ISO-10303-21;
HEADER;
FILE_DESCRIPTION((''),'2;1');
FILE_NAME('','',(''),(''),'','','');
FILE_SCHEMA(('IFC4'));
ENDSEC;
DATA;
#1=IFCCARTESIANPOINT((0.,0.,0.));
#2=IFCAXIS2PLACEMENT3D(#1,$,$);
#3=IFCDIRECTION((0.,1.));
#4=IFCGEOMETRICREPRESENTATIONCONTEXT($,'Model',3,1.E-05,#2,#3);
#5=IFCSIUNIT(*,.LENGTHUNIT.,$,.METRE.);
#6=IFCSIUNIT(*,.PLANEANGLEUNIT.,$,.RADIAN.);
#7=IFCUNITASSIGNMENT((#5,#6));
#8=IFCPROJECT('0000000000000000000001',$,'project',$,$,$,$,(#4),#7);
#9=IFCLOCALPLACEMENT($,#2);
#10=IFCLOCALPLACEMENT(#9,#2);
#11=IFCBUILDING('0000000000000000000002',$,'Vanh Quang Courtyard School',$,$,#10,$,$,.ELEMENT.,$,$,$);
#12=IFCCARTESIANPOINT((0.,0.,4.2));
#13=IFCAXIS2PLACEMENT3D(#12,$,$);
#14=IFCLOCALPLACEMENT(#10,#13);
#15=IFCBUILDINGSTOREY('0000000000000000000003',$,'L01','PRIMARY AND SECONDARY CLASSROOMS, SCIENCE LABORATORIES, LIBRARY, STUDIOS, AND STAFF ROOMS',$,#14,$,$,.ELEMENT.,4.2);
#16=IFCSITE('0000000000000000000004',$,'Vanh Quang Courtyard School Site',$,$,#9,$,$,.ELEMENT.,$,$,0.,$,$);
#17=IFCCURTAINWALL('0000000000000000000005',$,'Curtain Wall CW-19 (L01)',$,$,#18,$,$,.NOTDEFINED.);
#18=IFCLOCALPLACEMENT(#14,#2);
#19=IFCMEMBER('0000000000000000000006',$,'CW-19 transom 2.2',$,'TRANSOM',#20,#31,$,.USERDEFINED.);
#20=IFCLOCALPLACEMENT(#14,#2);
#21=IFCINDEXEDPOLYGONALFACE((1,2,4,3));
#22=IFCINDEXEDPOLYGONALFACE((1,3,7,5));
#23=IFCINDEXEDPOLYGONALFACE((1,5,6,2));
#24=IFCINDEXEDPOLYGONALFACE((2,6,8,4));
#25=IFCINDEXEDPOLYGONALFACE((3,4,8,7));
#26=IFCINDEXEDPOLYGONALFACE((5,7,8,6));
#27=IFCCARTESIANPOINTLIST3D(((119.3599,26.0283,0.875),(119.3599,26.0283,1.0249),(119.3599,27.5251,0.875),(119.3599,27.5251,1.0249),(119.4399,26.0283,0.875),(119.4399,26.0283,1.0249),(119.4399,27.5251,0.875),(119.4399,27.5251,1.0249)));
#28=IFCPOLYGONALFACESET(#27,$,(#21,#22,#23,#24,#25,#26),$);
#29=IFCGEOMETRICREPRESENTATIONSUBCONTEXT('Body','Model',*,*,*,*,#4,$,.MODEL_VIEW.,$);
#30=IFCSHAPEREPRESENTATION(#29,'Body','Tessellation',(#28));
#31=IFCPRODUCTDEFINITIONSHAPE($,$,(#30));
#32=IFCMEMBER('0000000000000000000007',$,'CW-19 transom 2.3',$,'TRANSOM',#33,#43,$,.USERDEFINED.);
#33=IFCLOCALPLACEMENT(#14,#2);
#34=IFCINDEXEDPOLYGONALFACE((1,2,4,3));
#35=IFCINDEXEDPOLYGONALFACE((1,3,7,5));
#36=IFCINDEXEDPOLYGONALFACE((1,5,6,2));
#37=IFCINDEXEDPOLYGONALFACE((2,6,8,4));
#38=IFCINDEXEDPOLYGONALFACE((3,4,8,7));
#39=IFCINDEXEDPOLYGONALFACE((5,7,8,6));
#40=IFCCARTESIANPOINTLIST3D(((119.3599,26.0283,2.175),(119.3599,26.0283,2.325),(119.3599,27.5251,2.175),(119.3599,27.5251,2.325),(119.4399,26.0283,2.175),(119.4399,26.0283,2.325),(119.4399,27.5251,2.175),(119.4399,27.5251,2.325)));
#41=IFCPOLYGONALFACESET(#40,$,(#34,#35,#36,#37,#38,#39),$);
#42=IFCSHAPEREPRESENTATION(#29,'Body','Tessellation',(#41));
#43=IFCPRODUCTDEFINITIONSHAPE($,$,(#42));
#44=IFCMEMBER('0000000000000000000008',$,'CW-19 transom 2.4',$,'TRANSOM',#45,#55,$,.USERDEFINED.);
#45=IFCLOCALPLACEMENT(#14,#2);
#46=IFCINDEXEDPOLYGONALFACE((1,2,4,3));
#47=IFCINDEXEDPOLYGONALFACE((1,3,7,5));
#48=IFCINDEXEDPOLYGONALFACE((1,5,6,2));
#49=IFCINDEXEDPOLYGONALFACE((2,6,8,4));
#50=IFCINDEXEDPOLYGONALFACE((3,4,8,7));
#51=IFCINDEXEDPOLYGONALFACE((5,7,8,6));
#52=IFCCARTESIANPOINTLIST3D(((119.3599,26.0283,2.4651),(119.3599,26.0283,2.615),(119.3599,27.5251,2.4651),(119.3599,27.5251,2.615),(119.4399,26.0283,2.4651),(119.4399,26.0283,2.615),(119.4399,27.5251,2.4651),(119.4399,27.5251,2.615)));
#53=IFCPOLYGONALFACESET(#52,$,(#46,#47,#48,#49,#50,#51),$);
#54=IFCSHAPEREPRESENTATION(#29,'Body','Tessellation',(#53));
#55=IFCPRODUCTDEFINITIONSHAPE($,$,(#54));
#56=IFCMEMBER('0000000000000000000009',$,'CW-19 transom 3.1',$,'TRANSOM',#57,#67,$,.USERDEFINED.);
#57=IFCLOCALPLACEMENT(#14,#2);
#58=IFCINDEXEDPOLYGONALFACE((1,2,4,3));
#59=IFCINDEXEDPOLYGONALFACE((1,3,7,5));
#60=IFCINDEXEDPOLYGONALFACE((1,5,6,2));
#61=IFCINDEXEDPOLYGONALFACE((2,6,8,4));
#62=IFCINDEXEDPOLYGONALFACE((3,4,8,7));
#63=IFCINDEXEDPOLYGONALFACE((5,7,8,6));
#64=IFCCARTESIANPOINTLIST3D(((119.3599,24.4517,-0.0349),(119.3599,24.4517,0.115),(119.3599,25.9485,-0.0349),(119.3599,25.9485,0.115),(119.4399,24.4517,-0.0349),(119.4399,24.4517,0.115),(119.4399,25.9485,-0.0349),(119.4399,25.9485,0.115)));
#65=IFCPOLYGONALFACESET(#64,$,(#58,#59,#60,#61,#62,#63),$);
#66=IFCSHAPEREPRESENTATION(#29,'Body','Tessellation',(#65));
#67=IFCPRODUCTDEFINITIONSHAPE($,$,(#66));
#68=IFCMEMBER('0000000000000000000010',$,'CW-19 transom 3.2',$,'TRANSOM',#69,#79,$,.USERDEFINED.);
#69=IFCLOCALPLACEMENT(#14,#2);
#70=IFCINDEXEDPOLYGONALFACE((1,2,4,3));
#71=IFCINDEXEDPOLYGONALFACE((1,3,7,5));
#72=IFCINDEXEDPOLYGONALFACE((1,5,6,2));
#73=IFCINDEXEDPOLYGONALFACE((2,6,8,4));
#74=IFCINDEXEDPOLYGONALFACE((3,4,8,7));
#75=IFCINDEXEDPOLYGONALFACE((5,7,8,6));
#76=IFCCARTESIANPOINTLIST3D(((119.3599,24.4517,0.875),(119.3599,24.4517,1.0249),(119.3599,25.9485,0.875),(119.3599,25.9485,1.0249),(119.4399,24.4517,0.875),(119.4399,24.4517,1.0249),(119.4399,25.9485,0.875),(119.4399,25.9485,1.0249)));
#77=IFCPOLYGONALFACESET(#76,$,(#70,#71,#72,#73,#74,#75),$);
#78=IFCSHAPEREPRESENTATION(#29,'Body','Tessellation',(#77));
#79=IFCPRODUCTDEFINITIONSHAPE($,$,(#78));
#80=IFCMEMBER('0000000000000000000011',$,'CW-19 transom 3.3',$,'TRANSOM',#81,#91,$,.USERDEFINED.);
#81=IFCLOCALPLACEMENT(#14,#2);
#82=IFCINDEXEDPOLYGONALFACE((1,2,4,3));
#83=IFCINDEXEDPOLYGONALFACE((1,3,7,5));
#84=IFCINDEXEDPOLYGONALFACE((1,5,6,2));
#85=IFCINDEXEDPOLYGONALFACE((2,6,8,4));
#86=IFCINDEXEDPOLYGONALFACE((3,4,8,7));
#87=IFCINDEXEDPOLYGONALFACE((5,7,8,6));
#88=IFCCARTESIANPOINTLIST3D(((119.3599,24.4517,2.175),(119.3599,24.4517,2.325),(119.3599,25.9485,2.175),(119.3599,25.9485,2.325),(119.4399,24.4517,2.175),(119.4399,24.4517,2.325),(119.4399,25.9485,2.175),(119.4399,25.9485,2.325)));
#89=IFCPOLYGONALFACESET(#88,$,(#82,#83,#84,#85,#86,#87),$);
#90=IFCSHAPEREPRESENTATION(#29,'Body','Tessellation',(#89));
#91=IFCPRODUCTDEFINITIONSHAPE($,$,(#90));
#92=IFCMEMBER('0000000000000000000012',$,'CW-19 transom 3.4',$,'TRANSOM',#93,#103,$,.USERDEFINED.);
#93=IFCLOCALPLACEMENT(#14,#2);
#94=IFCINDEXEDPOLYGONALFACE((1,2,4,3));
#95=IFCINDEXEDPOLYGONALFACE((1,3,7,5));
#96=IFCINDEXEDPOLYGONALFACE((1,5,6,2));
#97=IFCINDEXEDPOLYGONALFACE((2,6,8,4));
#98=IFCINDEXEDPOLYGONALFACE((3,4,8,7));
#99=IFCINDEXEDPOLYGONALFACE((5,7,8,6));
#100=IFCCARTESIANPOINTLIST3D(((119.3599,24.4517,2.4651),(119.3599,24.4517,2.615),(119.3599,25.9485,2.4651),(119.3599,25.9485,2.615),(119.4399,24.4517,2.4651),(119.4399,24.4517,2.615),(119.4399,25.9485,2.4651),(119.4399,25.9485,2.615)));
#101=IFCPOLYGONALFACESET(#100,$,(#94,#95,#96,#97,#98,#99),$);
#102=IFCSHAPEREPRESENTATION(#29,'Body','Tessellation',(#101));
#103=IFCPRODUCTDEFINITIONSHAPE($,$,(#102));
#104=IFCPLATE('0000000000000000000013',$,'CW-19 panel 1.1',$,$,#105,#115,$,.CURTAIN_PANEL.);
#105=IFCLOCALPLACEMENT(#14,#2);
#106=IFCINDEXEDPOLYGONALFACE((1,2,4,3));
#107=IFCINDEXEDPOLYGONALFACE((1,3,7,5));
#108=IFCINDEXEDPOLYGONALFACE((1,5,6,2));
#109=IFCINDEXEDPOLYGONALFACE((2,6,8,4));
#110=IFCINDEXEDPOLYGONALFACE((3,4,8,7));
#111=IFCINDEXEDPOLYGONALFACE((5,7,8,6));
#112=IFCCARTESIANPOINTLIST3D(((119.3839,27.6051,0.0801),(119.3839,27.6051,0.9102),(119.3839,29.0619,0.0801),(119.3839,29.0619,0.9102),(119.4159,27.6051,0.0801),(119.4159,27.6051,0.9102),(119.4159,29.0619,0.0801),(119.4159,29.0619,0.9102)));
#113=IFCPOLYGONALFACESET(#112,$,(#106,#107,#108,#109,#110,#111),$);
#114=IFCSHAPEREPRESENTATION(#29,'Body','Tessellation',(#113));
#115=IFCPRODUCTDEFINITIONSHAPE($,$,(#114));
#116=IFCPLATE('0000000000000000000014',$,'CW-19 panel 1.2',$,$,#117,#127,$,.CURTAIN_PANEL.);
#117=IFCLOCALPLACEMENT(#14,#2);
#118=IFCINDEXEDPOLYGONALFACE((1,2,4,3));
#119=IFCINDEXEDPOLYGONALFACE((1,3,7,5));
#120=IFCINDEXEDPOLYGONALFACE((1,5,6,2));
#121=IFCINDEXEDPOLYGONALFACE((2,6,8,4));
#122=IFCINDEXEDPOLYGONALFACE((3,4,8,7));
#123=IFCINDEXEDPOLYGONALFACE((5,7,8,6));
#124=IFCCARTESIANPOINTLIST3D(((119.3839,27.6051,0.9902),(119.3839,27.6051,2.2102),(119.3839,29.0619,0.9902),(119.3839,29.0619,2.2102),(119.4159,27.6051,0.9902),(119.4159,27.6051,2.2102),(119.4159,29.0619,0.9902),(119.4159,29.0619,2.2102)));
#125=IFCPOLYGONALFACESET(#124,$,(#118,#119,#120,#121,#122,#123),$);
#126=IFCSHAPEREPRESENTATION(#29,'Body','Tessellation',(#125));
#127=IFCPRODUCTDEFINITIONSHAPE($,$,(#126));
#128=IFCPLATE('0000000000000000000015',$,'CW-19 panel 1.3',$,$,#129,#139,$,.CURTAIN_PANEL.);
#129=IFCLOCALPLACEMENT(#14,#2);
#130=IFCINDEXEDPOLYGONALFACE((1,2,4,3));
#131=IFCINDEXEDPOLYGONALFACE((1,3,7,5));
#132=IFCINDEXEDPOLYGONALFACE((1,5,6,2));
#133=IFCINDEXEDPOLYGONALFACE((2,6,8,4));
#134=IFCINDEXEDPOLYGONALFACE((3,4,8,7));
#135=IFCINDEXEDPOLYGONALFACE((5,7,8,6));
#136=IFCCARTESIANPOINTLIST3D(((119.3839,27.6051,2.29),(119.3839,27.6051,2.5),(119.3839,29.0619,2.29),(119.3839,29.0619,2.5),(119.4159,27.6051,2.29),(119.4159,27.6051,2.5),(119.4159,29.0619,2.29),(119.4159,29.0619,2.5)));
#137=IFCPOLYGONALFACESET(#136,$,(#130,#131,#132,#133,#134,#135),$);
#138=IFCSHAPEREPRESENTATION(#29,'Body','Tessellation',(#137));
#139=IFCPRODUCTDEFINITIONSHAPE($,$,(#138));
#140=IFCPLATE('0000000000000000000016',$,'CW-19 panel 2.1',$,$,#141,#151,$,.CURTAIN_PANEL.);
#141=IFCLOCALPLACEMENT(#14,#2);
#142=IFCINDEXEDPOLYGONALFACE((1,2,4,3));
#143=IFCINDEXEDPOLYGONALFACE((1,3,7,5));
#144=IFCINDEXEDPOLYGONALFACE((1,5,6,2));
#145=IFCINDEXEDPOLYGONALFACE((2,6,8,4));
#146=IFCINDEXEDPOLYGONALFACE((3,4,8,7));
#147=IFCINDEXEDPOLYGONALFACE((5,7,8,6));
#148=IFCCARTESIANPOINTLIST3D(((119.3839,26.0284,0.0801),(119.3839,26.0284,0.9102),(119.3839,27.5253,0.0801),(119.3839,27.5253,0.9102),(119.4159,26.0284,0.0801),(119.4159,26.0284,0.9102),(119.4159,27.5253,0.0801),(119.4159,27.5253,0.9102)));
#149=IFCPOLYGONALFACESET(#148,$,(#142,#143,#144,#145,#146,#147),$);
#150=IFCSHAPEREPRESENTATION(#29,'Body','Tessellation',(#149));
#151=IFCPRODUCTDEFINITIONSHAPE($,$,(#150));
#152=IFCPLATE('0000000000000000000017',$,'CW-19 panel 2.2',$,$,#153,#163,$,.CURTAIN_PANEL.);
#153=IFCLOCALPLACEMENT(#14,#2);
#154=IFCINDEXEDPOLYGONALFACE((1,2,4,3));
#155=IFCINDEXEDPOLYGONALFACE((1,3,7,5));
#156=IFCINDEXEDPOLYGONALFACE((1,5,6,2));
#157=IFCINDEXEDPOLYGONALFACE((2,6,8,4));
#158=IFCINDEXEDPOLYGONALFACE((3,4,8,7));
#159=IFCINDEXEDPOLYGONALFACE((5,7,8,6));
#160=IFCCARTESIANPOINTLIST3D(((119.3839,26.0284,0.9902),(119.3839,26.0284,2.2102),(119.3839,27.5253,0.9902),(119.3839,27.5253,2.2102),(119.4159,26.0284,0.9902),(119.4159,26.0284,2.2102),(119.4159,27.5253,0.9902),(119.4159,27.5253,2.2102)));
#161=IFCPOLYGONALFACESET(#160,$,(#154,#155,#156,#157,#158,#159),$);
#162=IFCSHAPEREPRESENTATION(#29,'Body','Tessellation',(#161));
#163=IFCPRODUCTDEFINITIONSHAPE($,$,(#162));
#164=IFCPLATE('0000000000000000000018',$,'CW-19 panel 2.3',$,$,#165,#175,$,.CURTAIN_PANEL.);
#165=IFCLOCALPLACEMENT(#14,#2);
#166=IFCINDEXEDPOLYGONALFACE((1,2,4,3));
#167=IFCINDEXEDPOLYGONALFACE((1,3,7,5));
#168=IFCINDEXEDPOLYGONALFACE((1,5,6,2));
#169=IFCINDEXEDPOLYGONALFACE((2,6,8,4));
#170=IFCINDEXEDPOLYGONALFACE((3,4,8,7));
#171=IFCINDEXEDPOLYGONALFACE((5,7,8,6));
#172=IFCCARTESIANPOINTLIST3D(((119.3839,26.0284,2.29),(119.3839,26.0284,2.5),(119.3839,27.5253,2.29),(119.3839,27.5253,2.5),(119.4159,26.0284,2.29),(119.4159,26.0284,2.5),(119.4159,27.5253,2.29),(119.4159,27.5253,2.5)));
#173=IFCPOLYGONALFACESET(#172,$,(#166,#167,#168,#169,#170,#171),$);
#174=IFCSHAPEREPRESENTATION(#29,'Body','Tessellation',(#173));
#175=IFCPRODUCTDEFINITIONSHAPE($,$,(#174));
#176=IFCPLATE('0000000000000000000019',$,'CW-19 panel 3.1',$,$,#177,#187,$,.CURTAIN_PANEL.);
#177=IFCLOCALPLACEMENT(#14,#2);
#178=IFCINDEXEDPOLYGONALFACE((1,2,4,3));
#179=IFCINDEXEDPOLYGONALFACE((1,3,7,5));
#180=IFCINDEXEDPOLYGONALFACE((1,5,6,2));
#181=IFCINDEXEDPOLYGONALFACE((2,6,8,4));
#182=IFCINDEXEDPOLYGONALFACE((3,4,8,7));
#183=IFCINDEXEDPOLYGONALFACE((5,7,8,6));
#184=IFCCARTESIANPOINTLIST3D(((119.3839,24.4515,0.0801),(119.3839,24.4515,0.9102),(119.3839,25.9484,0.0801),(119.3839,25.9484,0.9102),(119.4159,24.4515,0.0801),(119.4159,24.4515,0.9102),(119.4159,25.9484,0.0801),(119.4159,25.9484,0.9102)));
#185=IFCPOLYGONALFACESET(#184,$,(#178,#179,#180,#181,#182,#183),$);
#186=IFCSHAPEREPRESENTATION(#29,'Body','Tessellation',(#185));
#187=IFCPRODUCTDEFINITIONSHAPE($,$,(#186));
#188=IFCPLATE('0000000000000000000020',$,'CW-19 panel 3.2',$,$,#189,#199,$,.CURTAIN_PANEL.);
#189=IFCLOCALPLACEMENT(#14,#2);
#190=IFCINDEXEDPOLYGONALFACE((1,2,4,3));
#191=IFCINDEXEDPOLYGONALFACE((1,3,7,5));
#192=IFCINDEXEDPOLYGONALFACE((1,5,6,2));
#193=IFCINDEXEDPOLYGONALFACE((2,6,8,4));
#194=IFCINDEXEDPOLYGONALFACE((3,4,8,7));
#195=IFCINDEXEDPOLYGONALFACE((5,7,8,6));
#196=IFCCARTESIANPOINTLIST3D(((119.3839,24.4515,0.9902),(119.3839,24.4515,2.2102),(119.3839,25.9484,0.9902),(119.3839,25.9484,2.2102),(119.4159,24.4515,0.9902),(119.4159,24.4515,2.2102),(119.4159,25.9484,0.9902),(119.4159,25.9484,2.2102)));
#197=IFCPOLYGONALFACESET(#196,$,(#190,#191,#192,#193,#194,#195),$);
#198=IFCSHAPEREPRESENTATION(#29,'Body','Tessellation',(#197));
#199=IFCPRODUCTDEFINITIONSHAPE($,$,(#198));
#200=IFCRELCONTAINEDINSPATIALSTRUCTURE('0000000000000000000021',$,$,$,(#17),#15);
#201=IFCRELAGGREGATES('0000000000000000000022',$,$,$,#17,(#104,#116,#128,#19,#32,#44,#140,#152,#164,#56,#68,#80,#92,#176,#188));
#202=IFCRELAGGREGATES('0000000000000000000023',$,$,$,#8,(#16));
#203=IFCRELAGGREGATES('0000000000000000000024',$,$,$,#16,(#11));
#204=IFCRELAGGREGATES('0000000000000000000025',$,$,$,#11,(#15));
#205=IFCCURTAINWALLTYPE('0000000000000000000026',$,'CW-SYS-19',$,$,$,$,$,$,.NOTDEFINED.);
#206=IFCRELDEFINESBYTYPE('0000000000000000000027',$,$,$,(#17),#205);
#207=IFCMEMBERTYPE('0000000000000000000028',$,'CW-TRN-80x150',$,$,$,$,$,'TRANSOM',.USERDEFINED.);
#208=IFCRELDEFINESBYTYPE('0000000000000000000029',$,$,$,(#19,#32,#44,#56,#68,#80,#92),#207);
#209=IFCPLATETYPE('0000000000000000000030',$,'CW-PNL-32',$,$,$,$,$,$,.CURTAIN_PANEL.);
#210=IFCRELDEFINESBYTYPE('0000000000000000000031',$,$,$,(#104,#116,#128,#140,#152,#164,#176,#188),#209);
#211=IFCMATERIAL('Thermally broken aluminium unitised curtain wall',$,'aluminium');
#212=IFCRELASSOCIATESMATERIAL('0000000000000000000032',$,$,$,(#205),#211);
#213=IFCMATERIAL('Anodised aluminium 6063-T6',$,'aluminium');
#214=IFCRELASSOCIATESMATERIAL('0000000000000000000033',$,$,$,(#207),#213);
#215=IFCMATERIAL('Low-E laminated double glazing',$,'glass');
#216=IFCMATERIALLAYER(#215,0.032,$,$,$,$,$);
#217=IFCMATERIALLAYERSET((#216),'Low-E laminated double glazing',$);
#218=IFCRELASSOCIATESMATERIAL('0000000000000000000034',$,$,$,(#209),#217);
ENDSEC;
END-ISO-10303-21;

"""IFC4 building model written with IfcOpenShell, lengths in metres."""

from ifc_helpers import new_model, si_unit, direction, frame, origin, origin_2d, place, context, subcontext, project, spatial, rectangle, extrude, material, layer, layer_set, material_profile, profile_set, type_object, element, aggregate, save


model = new_model("IFC4")

# Units and contexts
model_context = context("Model", 3, precision=1e-05, world=origin(), true_north=direction((0.0, 1.0)))
body_context = subcontext(model_context, "Body", "Model", "MODEL_VIEW")
ifc_project = project(units=[si_unit("LENGTHUNIT", "METRE"), si_unit("PLANEANGLEUNIT", "RADIAN")], contexts=[model_context])

# Site, building, storey
site_placement = place(None, origin())
site = spatial("IfcSite", under=ifc_project, at=site_placement, Name="Vanh Quang Courtyard School Site", CompositionType="ELEMENT", RefElevation=0.0)
building_placement = place(site_placement, origin())
building = spatial("IfcBuilding", under=site, at=building_placement, Name="Vanh Quang Courtyard School", CompositionType="ELEMENT")
storey_placement = place(building_placement, frame((0.0, 0.0, 4.2)))
storey = spatial("IfcBuildingStorey", under=building, at=storey_placement, Name="L01", Description="PRIMARY AND SECONDARY CLASSROOMS, SCIENCE LABORATORIES, LIBRARY, STUDIOS, AND STAFF ROOMS", CompositionType="ELEMENT", Elevation=4.2)

# Curtain wall, members, plates
ifc_material_1 = material(Name="Thermally broken aluminium unitised curtain wall", Category="aluminium")
curtain_wall_type = type_object("IfcCurtainWallType", Name="CW-SYS-19", PredefinedType="NOTDEFINED", material=ifc_material_1)
curtain_wall_placement = place(storey_placement, origin())
curtain_wall = element("IfcCurtainWall", 1, at=curtain_wall_placement, inside=storey, type_object=curtain_wall_type, Name="Curtain Wall CW-19 (L01)", PredefinedType="NOTDEFINED")
ifc_material_2 = material(Name="Anodised aluminium 6063-T6", Category="aluminium")
ifc_material_profile_1 = material_profile(ifc_material_2, rectangle(XDim=0.0801, YDim=0.1499, at=origin_2d()), Name="ALU-TRN 80x150")
ifc_profile_set_1 = profile_set([ifc_material_profile_1], Name="Anodised aluminium 6063-T6")
member_type_1 = type_object("IfcMemberType", Name="CW-TRN-80x150", ElementType="TRANSOM", PredefinedType="USERDEFINED", material=ifc_profile_set_1)
member_1_placement = place(storey_placement, frame((119.3999, 27.5251, 0.95), z_axis=(0.0, -1.0, 0.0), x_axis=(1.0, 0.0, 0.0)))
member_1 = element("IfcMember", 2, at=member_1_placement, type_object=member_type_1, Name="CW-19 transom 2.2", ObjectType="TRANSOM", PredefinedType="USERDEFINED", context=body_context, shape_type="SweptSolid", body=[
    extrude(rectangle(XDim=0.0801, YDim=0.1499, at=origin_2d()), origin(), (0.0, 0.0, 1.0), 1.4968),
])
member_2_placement = place(storey_placement, frame((119.3999, 27.5251, 2.25), z_axis=(0.0, -1.0, 0.0), x_axis=(1.0, 0.0, 0.0)))
member_2 = element("IfcMember", 3, at=member_2_placement, type_object=member_type_1, Name="CW-19 transom 2.3", ObjectType="TRANSOM", PredefinedType="USERDEFINED", context=body_context, shape_type="SweptSolid", body=[
    extrude(rectangle(XDim=0.0801, YDim=0.1499, at=origin_2d()), origin(), (0.0, 0.0, 1.0), 1.4968),
])
member_3_placement = place(storey_placement, frame((119.3999, 27.5251, 2.54), z_axis=(0.0, -1.0, 0.0), x_axis=(1.0, 0.0, 0.0)))
member_3 = element("IfcMember", 4, at=member_3_placement, type_object=member_type_1, Name="CW-19 transom 2.4", ObjectType="TRANSOM", PredefinedType="USERDEFINED", context=body_context, shape_type="SweptSolid", body=[
    extrude(rectangle(XDim=0.0801, YDim=0.1499, at=origin_2d()), origin(), (0.0, 0.0, 1.0), 1.4968),
])
member_4_placement = place(storey_placement, frame((119.3999, 25.9485, 0.04), z_axis=(0.0, -1.0, 0.0), x_axis=(1.0, 0.0, 0.0)))
member_4 = element("IfcMember", 5, at=member_4_placement, type_object=member_type_1, Name="CW-19 transom 3.1", ObjectType="TRANSOM", PredefinedType="USERDEFINED", context=body_context, shape_type="SweptSolid", body=[
    extrude(rectangle(XDim=0.0801, YDim=0.1499, at=origin_2d()), origin(), (0.0, 0.0, 1.0), 1.4968),
])
member_5_placement = place(storey_placement, frame((119.3999, 25.9485, 0.95), z_axis=(0.0, -1.0, 0.0), x_axis=(1.0, 0.0, 0.0)))
member_5 = element("IfcMember", 6, at=member_5_placement, type_object=member_type_1, Name="CW-19 transom 3.2", ObjectType="TRANSOM", PredefinedType="USERDEFINED", context=body_context, shape_type="SweptSolid", body=[
    extrude(rectangle(XDim=0.0801, YDim=0.1499, at=origin_2d()), origin(), (0.0, 0.0, 1.0), 1.4968),
])
member_6_placement = place(storey_placement, frame((119.3999, 25.9485, 2.25), z_axis=(0.0, -1.0, 0.0), x_axis=(1.0, 0.0, 0.0)))
member_6 = element("IfcMember", 7, at=member_6_placement, type_object=member_type_1, Name="CW-19 transom 3.3", ObjectType="TRANSOM", PredefinedType="USERDEFINED", context=body_context, shape_type="SweptSolid", body=[
    extrude(rectangle(XDim=0.0801, YDim=0.1499, at=origin_2d()), origin(), (0.0, 0.0, 1.0), 1.4968),
])
member_7_placement = place(storey_placement, frame((119.3999, 25.9485, 2.54), z_axis=(0.0, -1.0, 0.0), x_axis=(1.0, 0.0, 0.0)))
member_7 = element("IfcMember", 8, at=member_7_placement, type_object=member_type_1, Name="CW-19 transom 3.4", ObjectType="TRANSOM", PredefinedType="USERDEFINED", context=body_context, shape_type="SweptSolid", body=[
    extrude(rectangle(XDim=0.0801, YDim=0.1499, at=origin_2d()), origin(), (0.0, 0.0, 1.0), 1.4968),
])
ifc_material_3 = material(Name="Low-E laminated double glazing", Category="glass")
ifc_layer_1 = layer(ifc_material_3, 0.032)
ifc_layer_set_1 = layer_set([ifc_layer_1], Name="Low-E laminated double glazing")
plate_type = type_object("IfcPlateType", Name="CW-PNL-32", PredefinedType="CURTAIN_PANEL", material=ifc_layer_set_1)
plate_1_placement = place(storey_placement, frame((119.3999, 28.3335, 0.0801), z_axis=(0.0, 0.0, 1.0), x_axis=(0.0, -1.0, 0.0)))
plate_1 = element("IfcPlate", 9, at=plate_1_placement, type_object=plate_type, Name="CW-19 panel 1.1", PredefinedType="CURTAIN_PANEL", context=body_context, shape_type="SweptSolid", body=[
    extrude(rectangle(XDim=1.4568, YDim=0.032, at=origin_2d()), origin(), (0.0, 0.0, 1.0), 0.8301),
])
plate_2_placement = place(storey_placement, frame((119.3999, 28.3335, 0.9902), z_axis=(0.0, 0.0, 1.0), x_axis=(0.0, -1.0, 0.0)))
plate_2 = element("IfcPlate", 10, at=plate_2_placement, type_object=plate_type, Name="CW-19 panel 1.2", PredefinedType="CURTAIN_PANEL", context=body_context, shape_type="SweptSolid", body=[
    extrude(rectangle(XDim=1.4568, YDim=0.032, at=origin_2d()), origin(), (0.0, 0.0, 1.0), 1.22),
])
plate_3_placement = place(storey_placement, frame((119.3999, 28.3335, 2.29), z_axis=(0.0, 0.0, 1.0), x_axis=(0.0, -1.0, 0.0)))
plate_3 = element("IfcPlate", 11, at=plate_3_placement, type_object=plate_type, Name="CW-19 panel 1.3", PredefinedType="CURTAIN_PANEL", context=body_context, shape_type="SweptSolid", body=[
    extrude(rectangle(XDim=1.4568, YDim=0.032, at=origin_2d()), origin(), (0.0, 0.0, 1.0), 0.21),
])
plate_4_placement = place(storey_placement, frame((119.3999, 26.7769, 0.0801), z_axis=(0.0, 0.0, 1.0), x_axis=(0.0, -1.0, 0.0)))
plate_4 = element("IfcPlate", 12, at=plate_4_placement, type_object=plate_type, Name="CW-19 panel 2.1", PredefinedType="CURTAIN_PANEL", context=body_context, shape_type="SweptSolid", body=[
    extrude(rectangle(XDim=1.4968, YDim=0.032, at=origin_2d()), origin(), (0.0, 0.0, 1.0), 0.8301),
])
plate_5_placement = place(storey_placement, frame((119.3999, 26.7769, 0.9902), z_axis=(0.0, 0.0, 1.0), x_axis=(0.0, -1.0, 0.0)))
plate_5 = element("IfcPlate", 13, at=plate_5_placement, type_object=plate_type, Name="CW-19 panel 2.2", PredefinedType="CURTAIN_PANEL", context=body_context, shape_type="SweptSolid", body=[
    extrude(rectangle(XDim=1.4968, YDim=0.032, at=origin_2d()), origin(), (0.0, 0.0, 1.0), 1.22),
])
plate_6_placement = place(storey_placement, frame((119.3999, 26.7769, 2.29), z_axis=(0.0, 0.0, 1.0), x_axis=(0.0, -1.0, 0.0)))
plate_6 = element("IfcPlate", 14, at=plate_6_placement, type_object=plate_type, Name="CW-19 panel 2.3", PredefinedType="CURTAIN_PANEL", context=body_context, shape_type="SweptSolid", body=[
    extrude(rectangle(XDim=1.4968, YDim=0.032, at=origin_2d()), origin(), (0.0, 0.0, 1.0), 0.21),
])
plate_7_placement = place(storey_placement, frame((119.3999, 25.2, 0.0801), z_axis=(0.0, 0.0, 1.0), x_axis=(0.0, -1.0, 0.0)))
plate_7 = element("IfcPlate", 15, at=plate_7_placement, type_object=plate_type, Name="CW-19 panel 3.1", PredefinedType="CURTAIN_PANEL", context=body_context, shape_type="SweptSolid", body=[
    extrude(rectangle(XDim=1.4968, YDim=0.032, at=origin_2d()), origin(), (0.0, 0.0, 1.0), 0.8301),
])
plate_8_placement = place(storey_placement, frame((119.3999, 25.2, 0.9902), z_axis=(0.0, 0.0, 1.0), x_axis=(0.0, -1.0, 0.0)))
plate_8 = element("IfcPlate", 16, at=plate_8_placement, type_object=plate_type, Name="CW-19 panel 3.2", PredefinedType="CURTAIN_PANEL", context=body_context, shape_type="SweptSolid", body=[
    extrude(rectangle(XDim=1.4968, YDim=0.032, at=origin_2d()), origin(), (0.0, 0.0, 1.0), 1.22),
])
aggregate(curtain_wall, [plate_1, plate_2, plate_3, member_1, member_2, member_3, plate_4, plate_5, plate_6, member_4, member_5, member_6, member_7, plate_7, plate_8])

save(model, "model.ifc")
